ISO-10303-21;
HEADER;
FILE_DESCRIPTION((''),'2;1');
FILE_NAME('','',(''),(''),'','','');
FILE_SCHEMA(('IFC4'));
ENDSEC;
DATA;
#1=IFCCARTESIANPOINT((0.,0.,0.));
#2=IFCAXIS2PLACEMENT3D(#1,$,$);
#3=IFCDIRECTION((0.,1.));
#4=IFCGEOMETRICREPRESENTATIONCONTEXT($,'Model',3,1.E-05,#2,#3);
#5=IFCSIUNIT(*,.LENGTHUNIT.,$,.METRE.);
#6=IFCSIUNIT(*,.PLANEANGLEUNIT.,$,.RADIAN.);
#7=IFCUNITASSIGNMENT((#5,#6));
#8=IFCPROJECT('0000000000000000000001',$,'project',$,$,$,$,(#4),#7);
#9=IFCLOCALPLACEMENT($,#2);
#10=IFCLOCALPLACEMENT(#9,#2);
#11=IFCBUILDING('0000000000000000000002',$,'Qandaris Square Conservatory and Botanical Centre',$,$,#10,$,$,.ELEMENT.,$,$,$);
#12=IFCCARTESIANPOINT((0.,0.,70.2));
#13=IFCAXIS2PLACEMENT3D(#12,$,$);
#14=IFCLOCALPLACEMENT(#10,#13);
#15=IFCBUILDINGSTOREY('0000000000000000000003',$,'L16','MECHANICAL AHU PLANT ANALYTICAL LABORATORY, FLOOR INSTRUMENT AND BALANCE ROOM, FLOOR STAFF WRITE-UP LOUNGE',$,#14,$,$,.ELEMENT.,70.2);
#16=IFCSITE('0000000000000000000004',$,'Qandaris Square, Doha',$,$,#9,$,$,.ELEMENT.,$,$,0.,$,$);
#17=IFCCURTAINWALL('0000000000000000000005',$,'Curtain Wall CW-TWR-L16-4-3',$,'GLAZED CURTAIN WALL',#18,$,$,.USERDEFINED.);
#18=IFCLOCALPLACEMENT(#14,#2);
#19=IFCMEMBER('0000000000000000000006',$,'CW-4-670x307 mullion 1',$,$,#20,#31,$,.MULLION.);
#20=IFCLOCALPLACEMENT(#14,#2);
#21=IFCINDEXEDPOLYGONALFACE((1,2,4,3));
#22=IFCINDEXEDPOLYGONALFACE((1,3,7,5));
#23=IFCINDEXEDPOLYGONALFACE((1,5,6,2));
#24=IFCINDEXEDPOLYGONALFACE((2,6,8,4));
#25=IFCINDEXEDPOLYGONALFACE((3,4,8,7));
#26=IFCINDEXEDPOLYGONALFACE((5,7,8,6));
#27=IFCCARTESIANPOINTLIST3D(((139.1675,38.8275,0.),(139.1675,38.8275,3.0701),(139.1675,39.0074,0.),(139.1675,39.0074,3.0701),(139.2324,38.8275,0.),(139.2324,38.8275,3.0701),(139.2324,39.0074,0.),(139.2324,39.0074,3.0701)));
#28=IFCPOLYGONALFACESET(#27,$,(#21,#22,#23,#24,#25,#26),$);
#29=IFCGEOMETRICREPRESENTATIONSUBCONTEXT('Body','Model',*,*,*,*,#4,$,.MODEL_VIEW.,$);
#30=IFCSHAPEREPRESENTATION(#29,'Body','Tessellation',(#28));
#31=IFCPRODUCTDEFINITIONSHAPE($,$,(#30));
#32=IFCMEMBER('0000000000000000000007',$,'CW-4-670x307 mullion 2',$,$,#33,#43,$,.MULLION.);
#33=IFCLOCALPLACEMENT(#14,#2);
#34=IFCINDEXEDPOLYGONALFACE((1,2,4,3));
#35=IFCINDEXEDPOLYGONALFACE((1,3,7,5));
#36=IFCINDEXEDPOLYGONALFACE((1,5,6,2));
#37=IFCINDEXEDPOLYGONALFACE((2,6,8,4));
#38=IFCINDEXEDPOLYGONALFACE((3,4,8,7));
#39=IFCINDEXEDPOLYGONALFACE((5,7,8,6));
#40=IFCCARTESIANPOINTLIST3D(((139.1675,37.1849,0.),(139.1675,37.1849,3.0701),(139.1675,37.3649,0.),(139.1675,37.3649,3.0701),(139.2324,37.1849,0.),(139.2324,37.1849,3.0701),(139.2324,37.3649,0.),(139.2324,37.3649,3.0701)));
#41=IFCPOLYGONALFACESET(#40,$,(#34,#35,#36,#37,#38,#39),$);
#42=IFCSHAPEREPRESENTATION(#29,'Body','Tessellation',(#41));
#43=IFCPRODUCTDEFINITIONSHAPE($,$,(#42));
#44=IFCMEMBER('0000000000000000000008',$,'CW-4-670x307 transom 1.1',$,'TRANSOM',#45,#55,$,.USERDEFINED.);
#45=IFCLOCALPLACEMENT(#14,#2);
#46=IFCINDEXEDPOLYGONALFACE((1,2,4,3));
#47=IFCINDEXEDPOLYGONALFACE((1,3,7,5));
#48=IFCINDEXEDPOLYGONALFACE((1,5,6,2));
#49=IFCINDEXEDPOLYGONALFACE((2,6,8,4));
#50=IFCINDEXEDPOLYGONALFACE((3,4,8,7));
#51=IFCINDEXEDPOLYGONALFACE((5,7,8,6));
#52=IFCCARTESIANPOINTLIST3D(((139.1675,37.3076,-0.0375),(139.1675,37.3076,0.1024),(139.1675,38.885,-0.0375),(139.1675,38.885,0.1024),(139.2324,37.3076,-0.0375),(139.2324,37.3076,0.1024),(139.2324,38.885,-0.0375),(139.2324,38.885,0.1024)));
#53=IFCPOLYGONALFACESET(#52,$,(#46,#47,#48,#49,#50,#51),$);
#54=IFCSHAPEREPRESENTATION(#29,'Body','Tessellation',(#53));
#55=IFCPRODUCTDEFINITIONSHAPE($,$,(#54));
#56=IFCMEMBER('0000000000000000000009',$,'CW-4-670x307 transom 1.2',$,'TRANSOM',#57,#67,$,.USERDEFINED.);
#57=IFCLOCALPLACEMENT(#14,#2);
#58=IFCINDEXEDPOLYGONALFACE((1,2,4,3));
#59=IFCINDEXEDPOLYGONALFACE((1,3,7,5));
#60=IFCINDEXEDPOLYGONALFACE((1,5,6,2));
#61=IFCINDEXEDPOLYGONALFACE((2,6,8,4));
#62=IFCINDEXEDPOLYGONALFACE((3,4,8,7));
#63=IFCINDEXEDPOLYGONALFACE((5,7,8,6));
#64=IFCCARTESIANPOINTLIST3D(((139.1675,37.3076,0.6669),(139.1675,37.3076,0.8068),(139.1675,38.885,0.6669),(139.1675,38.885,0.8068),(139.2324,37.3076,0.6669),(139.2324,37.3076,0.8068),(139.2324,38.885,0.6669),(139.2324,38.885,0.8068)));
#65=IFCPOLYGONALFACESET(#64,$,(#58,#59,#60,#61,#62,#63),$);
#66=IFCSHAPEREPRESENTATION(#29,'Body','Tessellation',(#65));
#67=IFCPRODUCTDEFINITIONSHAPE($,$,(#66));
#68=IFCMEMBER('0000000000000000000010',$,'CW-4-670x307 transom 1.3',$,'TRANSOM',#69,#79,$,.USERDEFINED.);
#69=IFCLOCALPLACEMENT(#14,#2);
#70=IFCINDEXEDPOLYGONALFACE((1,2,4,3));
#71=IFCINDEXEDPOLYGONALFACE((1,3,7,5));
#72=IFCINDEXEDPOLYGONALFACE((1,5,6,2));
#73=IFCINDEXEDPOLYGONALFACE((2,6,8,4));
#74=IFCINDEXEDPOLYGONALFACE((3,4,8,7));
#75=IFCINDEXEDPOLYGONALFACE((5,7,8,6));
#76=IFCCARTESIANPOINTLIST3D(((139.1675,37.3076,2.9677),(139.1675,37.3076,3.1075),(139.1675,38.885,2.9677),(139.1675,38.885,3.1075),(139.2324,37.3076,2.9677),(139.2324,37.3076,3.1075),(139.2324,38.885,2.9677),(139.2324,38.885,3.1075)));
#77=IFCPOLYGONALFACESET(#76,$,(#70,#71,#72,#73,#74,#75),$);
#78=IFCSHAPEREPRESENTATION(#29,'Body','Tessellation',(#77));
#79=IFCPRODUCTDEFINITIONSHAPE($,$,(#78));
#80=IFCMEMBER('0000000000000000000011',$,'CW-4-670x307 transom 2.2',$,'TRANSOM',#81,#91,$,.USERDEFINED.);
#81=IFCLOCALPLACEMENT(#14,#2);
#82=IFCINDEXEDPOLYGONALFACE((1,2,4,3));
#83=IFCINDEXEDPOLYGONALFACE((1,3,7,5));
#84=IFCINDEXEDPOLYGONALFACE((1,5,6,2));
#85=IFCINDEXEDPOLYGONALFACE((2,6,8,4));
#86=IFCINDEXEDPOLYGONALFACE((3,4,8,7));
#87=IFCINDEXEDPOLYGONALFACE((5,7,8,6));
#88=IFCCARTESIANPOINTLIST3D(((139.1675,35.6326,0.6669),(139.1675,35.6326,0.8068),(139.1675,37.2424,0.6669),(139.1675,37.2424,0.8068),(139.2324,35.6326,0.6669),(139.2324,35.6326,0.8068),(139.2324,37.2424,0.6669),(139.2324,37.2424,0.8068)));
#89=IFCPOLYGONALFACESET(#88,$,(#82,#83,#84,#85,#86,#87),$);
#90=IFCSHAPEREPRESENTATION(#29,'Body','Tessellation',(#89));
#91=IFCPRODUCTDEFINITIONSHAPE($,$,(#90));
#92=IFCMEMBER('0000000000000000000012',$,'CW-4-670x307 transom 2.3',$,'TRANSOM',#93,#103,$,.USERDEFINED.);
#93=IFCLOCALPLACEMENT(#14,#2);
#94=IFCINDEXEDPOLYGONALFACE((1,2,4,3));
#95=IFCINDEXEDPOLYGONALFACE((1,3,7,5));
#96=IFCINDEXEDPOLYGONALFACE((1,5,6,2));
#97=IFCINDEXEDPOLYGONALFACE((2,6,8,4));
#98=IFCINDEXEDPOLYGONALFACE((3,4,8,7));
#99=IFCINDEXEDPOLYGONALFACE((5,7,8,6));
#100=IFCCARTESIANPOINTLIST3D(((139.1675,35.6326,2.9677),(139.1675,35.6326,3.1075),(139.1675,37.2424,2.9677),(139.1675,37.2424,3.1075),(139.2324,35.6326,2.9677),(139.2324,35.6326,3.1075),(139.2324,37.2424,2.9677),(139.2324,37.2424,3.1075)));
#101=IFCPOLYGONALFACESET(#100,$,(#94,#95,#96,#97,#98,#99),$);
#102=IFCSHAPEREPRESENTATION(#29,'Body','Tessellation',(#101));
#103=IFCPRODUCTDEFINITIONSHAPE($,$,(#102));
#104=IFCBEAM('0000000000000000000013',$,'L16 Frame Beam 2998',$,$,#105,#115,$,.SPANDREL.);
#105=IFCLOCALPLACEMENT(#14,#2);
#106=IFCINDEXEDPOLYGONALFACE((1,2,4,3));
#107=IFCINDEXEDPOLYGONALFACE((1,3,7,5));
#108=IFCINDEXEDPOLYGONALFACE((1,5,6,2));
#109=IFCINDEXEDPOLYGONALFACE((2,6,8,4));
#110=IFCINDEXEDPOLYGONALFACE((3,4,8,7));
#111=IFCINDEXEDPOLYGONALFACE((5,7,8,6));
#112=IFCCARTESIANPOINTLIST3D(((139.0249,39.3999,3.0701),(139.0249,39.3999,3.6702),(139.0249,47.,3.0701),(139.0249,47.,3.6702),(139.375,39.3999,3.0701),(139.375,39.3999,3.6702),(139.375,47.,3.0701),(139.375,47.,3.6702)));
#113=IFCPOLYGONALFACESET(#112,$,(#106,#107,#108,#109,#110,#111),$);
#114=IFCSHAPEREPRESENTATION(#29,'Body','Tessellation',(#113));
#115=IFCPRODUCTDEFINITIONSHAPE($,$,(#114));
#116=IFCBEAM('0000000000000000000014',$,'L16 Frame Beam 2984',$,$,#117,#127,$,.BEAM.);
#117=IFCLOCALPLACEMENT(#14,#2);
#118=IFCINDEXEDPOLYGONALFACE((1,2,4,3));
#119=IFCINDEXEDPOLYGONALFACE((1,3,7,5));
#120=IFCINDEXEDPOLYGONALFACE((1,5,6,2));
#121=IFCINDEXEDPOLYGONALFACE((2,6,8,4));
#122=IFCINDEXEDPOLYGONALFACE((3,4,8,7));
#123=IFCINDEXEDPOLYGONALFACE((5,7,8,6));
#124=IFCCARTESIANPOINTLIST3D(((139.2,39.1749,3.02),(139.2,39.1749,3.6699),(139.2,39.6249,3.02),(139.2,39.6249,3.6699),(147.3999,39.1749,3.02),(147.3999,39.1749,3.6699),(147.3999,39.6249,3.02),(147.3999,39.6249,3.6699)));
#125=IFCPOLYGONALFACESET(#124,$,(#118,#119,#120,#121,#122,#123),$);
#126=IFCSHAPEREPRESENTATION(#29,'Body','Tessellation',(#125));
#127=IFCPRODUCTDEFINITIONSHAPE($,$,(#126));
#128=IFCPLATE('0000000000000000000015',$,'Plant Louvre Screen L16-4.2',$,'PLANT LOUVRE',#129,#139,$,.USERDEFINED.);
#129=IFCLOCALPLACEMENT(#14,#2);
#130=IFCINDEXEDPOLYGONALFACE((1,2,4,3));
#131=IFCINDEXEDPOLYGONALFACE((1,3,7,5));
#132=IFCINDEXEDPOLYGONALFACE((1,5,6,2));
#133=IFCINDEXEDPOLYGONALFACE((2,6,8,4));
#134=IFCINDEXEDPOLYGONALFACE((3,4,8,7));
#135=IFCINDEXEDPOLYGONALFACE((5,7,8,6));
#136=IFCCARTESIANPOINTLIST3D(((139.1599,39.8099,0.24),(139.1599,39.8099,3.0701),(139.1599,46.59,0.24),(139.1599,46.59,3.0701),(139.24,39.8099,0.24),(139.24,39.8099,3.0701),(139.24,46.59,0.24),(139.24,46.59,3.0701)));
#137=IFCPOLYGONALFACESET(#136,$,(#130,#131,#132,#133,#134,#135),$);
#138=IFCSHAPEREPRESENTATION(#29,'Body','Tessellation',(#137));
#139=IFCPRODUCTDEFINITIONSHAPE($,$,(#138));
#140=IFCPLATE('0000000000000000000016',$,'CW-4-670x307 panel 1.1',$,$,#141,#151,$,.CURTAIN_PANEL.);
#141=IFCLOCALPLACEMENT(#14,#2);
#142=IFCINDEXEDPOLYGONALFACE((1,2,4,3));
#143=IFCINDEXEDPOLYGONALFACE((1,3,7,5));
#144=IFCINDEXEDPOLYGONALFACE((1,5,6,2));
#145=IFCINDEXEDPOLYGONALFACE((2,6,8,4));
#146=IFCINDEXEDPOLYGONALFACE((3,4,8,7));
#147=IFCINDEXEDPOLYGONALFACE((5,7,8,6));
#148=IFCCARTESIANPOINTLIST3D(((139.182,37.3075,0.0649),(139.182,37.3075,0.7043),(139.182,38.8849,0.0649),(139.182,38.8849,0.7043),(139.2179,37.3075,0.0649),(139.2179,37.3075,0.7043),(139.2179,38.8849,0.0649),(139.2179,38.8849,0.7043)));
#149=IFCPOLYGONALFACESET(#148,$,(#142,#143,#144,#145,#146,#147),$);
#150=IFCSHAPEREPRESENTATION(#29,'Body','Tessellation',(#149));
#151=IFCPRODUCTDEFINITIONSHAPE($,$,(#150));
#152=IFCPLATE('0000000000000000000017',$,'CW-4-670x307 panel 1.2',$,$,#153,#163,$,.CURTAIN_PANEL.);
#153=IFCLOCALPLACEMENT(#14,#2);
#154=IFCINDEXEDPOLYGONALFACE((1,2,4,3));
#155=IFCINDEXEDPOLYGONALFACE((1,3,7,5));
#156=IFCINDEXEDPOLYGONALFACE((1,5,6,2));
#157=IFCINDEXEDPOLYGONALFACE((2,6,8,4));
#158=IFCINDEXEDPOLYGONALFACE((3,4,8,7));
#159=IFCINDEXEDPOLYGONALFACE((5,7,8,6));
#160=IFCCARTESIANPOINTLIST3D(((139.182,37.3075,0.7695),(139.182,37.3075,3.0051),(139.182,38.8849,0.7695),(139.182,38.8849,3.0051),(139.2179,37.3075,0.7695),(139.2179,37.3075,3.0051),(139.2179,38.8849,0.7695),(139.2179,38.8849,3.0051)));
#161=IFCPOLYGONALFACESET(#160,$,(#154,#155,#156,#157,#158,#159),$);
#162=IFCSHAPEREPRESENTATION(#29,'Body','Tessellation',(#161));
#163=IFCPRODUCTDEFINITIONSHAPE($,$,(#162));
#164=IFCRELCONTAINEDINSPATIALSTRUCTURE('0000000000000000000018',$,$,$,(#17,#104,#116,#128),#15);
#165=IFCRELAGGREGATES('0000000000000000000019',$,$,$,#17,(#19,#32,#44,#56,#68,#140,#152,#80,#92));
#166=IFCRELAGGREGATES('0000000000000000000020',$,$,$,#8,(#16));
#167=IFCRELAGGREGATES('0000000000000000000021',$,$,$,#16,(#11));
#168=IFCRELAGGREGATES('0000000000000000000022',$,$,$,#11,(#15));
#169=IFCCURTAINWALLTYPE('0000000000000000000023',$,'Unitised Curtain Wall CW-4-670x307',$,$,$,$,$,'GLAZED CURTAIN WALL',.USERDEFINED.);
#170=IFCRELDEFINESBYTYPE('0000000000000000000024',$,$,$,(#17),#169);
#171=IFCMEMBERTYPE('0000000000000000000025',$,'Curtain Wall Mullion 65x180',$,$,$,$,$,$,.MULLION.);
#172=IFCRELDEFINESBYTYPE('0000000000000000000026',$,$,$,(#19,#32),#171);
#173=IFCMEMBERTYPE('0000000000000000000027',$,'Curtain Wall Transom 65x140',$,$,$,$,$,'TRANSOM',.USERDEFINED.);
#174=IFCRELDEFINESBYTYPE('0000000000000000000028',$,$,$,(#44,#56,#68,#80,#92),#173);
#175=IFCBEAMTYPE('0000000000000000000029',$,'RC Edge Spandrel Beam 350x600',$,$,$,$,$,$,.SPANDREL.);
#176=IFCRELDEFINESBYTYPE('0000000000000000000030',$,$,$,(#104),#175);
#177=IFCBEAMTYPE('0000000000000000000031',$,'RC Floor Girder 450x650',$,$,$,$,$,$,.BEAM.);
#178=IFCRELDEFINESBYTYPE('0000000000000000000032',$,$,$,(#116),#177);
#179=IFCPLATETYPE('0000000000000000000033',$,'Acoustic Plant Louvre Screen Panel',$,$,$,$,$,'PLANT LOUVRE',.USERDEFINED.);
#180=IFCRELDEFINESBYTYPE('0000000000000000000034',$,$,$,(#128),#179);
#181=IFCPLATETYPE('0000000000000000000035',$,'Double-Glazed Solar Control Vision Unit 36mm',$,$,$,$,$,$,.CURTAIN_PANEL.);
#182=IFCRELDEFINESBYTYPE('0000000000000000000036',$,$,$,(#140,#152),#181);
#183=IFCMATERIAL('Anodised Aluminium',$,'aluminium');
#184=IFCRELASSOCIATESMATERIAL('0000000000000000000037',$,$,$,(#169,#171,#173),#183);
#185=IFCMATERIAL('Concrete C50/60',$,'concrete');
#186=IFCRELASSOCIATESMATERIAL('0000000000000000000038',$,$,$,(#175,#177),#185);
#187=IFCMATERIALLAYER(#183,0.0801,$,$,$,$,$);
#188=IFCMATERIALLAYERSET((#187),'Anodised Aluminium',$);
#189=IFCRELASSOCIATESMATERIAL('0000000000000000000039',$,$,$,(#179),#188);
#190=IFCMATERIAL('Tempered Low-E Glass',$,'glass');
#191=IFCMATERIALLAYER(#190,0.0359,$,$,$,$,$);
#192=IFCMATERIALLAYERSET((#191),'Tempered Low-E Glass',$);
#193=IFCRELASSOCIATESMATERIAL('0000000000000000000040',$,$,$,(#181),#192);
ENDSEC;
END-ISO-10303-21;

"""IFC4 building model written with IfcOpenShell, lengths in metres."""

from ifc_helpers import new_model, si_unit, direction, frame, origin, origin_2d, place, context, subcontext, project, spatial, rectangle, extrude, material, layer, layer_set, material_profile, profile_set, type_object, element, aggregate, save


model = new_model("IFC4")

# Units and contexts
model_context = context("Model", 3, precision=1e-05, world=origin(), true_north=direction((0.0, 1.0)))
body_context = subcontext(model_context, "Body", "Model", "MODEL_VIEW")
ifc_project = project(units=[si_unit("LENGTHUNIT", "METRE"), si_unit("PLANEANGLEUNIT", "RADIAN")], contexts=[model_context])

# Site, building, storey
site_placement = place(None, origin())
site = spatial("IfcSite", under=ifc_project, at=site_placement, Name="Qandaris Square, Doha", CompositionType="ELEMENT", RefElevation=0.0)
building_placement = place(site_placement, origin())
building = spatial("IfcBuilding", under=site, at=building_placement, Name="Qandaris Square Conservatory and Botanical Centre", CompositionType="ELEMENT")
storey_placement = place(building_placement, frame((0.0, 0.0, 70.2)))
storey = spatial("IfcBuildingStorey", under=building, at=storey_placement, Name="L16", Description="MECHANICAL AHU PLANT ANALYTICAL LABORATORY, FLOOR INSTRUMENT AND BALANCE ROOM, FLOOR STAFF WRITE-UP LOUNGE", CompositionType="ELEMENT", Elevation=70.2)

# Curtain wall, members
ifc_material_1 = material(Name="Anodised Aluminium", Category="aluminium")
curtain_wall_type = type_object("IfcCurtainWallType", Name="Unitised Curtain Wall CW-4-670x307", ElementType="GLAZED CURTAIN WALL", PredefinedType="USERDEFINED", material=ifc_material_1)
curtain_wall_placement = place(storey_placement, origin())
curtain_wall = element("IfcCurtainWall", 1, at=curtain_wall_placement, inside=storey, type_object=curtain_wall_type, Name="Curtain Wall CW-TWR-L16-4-3", ObjectType="GLAZED CURTAIN WALL", PredefinedType="USERDEFINED")
ifc_material_profile_1 = material_profile(ifc_material_1, rectangle(XDim=0.0649, YDim=0.1799, at=origin_2d()), Name="ALU-MUL 65x180")
ifc_profile_set_1 = profile_set([ifc_material_profile_1], Name="Anodised Aluminium")
member_type_1 = type_object("IfcMemberType", Name="Curtain Wall Mullion 65x180", PredefinedType="MULLION", material=ifc_profile_set_1)
member_1_placement = place(storey_placement, frame((139.2, 38.9175, 0.0), z_axis=(0.0, 0.0, 1.0), x_axis=(1.0, 0.0, 0.0)))
member_1 = element("IfcMember", 2, at=member_1_placement, type_object=member_type_1, Name="CW-4-670x307 mullion 1", PredefinedType="MULLION", context=body_context, shape_type="SweptSolid", body=[
    extrude(rectangle(XDim=0.0649, YDim=0.1799, at=origin_2d()), origin(), (0.0, 0.0, 1.0), 3.0701),
])
member_2_placement = place(storey_placement, frame((139.2, 37.2749, 0.0), z_axis=(0.0, 0.0, 1.0), x_axis=(1.0, 0.0, 0.0)))
member_2 = element("IfcMember", 3, at=member_2_placement, type_object=member_type_1, Name="CW-4-670x307 mullion 2", PredefinedType="MULLION", context=body_context, shape_type="SweptSolid", body=[
    extrude(rectangle(XDim=0.0649, YDim=0.1799, at=origin_2d()), origin(), (0.0, 0.0, 1.0), 3.0701),
])
ifc_material_profile_2 = material_profile(ifc_material_1, rectangle(XDim=0.0649, YDim=0.1399, at=origin_2d()), Name="ALU-TRN 65x140")
ifc_profile_set_2 = profile_set([ifc_material_profile_2], Name="Anodised Aluminium")
member_type_2 = type_object("IfcMemberType", Name="Curtain Wall Transom 65x140", ElementType="TRANSOM", PredefinedType="USERDEFINED", material=ifc_profile_set_2)
member_3_placement = place(storey_placement, frame((139.2, 38.885, 0.0325), z_axis=(0.0, -1.0, 0.0), x_axis=(1.0, 0.0, 0.0)))
member_3 = element("IfcMember", 4, at=member_3_placement, type_object=member_type_2, Name="CW-4-670x307 transom 1.1", ObjectType="TRANSOM", PredefinedType="USERDEFINED", context=body_context, shape_type="SweptSolid", body=[
    extrude(rectangle(XDim=0.0649, YDim=0.1399, at=origin_2d()), origin(), (0.0, 0.0, 1.0), 1.5774),
])
member_4_placement = place(storey_placement, frame((139.2, 38.885, 0.7368), z_axis=(0.0, -1.0, 0.0), x_axis=(1.0, 0.0, 0.0)))
member_4 = element("IfcMember", 5, at=member_4_placement, type_object=member_type_2, Name="CW-4-670x307 transom 1.2", ObjectType="TRANSOM", PredefinedType="USERDEFINED", context=body_context, shape_type="SweptSolid", body=[
    extrude(rectangle(XDim=0.0649, YDim=0.1399, at=origin_2d()), origin(), (0.0, 0.0, 1.0), 1.5774),
])
member_5_placement = place(storey_placement, frame((139.2, 38.885, 3.0376), z_axis=(0.0, -1.0, 0.0), x_axis=(1.0, 0.0, 0.0)))
member_5 = element("IfcMember", 6, at=member_5_placement, type_object=member_type_2, Name="CW-4-670x307 transom 1.3", ObjectType="TRANSOM", PredefinedType="USERDEFINED", context=body_context, shape_type="SweptSolid", body=[
    extrude(rectangle(XDim=0.0649, YDim=0.1399, at=origin_2d()), origin(), (0.0, 0.0, 1.0), 1.5774),
])
member_6_placement = place(storey_placement, frame((139.2, 37.2424, 0.7368), z_axis=(0.0, -1.0, 0.0), x_axis=(1.0, 0.0, 0.0)))
member_6 = element("IfcMember", 7, at=member_6_placement, type_object=member_type_2, Name="CW-4-670x307 transom 2.2", ObjectType="TRANSOM", PredefinedType="USERDEFINED", context=body_context, shape_type="SweptSolid", body=[
    extrude(rectangle(XDim=0.0649, YDim=0.1399, at=origin_2d()), origin(), (0.0, 0.0, 1.0), 1.6099),
])
member_7_placement = place(storey_placement, frame((139.2, 37.2424, 3.0376), z_axis=(0.0, -1.0, 0.0), x_axis=(1.0, 0.0, 0.0)))
member_7 = element("IfcMember", 8, at=member_7_placement, type_object=member_type_2, Name="CW-4-670x307 transom 2.3", ObjectType="TRANSOM", PredefinedType="USERDEFINED", context=body_context, shape_type="SweptSolid", body=[
    extrude(rectangle(XDim=0.0649, YDim=0.1399, at=origin_2d()), origin(), (0.0, 0.0, 1.0), 1.6099),
])

# Beams
ifc_material_2 = material(Name="Concrete C50/60", Category="concrete")
ifc_material_profile_3 = material_profile(ifc_material_2, rectangle(XDim=0.3501, YDim=0.6001, at=origin_2d()), Name="RC-SP 350x600")
ifc_profile_set_3 = profile_set([ifc_material_profile_3], Name="Concrete C50/60")
beam_type_1 = type_object("IfcBeamType", Name="RC Edge Spandrel Beam 350x600", PredefinedType="SPANDREL", material=ifc_profile_set_3)
beam_1_placement = place(storey_placement, frame((139.2, 39.3999, 3.3701), z_axis=(0.0, 1.0, 0.0), x_axis=(-1.0, 0.0, 0.0)))
element("IfcBeam", 9, at=beam_1_placement, inside=storey, type_object=beam_type_1, Name="L16 Frame Beam 2998", PredefinedType="SPANDREL", context=body_context, shape_type="SweptSolid", body=[
    extrude(rectangle(XDim=0.3501, YDim=0.6001, at=origin_2d()), origin(), (0.0, 0.0, 1.0), 7.6001),
])
ifc_material_profile_4 = material_profile(ifc_material_2, rectangle(XDim=0.45, YDim=0.6499, at=origin_2d()), Name="RC-BM 450x650")
ifc_profile_set_4 = profile_set([ifc_material_profile_4], Name="Concrete C50/60")
beam_type_2 = type_object("IfcBeamType", Name="RC Floor Girder 450x650", PredefinedType="BEAM", material=ifc_profile_set_4)
beam_2_placement = place(storey_placement, frame((139.2, 39.3999, 3.345), z_axis=(1.0, 0.0, 0.0), x_axis=(0.0, 1.0, 0.0)))
element("IfcBeam", 10, at=beam_2_placement, inside=storey, type_object=beam_type_2, Name="L16 Frame Beam 2984", PredefinedType="BEAM", context=body_context, shape_type="SweptSolid", body=[
    extrude(rectangle(XDim=0.45, YDim=0.6499, at=origin_2d()), origin(), (0.0, 0.0, 1.0), 8.2),
])

# Plates
ifc_layer_1 = layer(ifc_material_1, 0.0801)
ifc_layer_set_1 = layer_set([ifc_layer_1], Name="Anodised Aluminium")
plate_type_1 = type_object("IfcPlateType", Name="Acoustic Plant Louvre Screen Panel", ElementType="PLANT LOUVRE", PredefinedType="USERDEFINED", material=ifc_layer_set_1)
plate_1_placement = place(storey_placement, frame((139.2, 43.2, 0.24), z_axis=(0.0, 0.0, 1.0), x_axis=(0.0, -1.0, 0.0)))
element("IfcPlate", 11, at=plate_1_placement, inside=storey, type_object=plate_type_1, Name="Plant Louvre Screen L16-4.2", ObjectType="PLANT LOUVRE", PredefinedType="USERDEFINED", context=body_context, shape_type="SweptSolid", body=[
    extrude(rectangle(XDim=6.78, YDim=0.0801, at=origin_2d()), origin(), (0.0, 0.0, 1.0), 2.8301),
])
ifc_material_3 = material(Name="Tempered Low-E Glass", Category="glass")
ifc_layer_2 = layer(ifc_material_3, 0.0359)
ifc_layer_set_2 = layer_set([ifc_layer_2], Name="Tempered Low-E Glass")
plate_type_2 = type_object("IfcPlateType", Name="Double-Glazed Solar Control Vision Unit 36mm", PredefinedType="CURTAIN_PANEL", material=ifc_layer_set_2)
plate_2_placement = place(storey_placement, frame((139.2, 38.0962, 0.0649), z_axis=(0.0, 0.0, 1.0), x_axis=(0.0, -1.0, 0.0)))
plate_2 = element("IfcPlate", 12, at=plate_2_placement, type_object=plate_type_2, Name="CW-4-670x307 panel 1.1", PredefinedType="CURTAIN_PANEL", context=body_context, shape_type="SweptSolid", body=[
    extrude(rectangle(XDim=1.5774, YDim=0.0359, at=origin_2d()), origin(), (0.0, 0.0, 1.0), 0.6394),
])
plate_3_placement = place(storey_placement, frame((139.2, 38.0962, 0.7695), z_axis=(0.0, 0.0, 1.0), x_axis=(0.0, -1.0, 0.0)))
plate_3 = element("IfcPlate", 13, at=plate_3_placement, type_object=plate_type_2, Name="CW-4-670x307 panel 1.2", PredefinedType="CURTAIN_PANEL", context=body_context, shape_type="SweptSolid", body=[
    extrude(rectangle(XDim=1.5774, YDim=0.0359, at=origin_2d()), origin(), (0.0, 0.0, 1.0), 2.2356),
])
aggregate(curtain_wall, [member_1, member_2, member_3, member_4, member_5, plate_2, plate_3, member_6, member_7])

save(model, "model.ifc")
